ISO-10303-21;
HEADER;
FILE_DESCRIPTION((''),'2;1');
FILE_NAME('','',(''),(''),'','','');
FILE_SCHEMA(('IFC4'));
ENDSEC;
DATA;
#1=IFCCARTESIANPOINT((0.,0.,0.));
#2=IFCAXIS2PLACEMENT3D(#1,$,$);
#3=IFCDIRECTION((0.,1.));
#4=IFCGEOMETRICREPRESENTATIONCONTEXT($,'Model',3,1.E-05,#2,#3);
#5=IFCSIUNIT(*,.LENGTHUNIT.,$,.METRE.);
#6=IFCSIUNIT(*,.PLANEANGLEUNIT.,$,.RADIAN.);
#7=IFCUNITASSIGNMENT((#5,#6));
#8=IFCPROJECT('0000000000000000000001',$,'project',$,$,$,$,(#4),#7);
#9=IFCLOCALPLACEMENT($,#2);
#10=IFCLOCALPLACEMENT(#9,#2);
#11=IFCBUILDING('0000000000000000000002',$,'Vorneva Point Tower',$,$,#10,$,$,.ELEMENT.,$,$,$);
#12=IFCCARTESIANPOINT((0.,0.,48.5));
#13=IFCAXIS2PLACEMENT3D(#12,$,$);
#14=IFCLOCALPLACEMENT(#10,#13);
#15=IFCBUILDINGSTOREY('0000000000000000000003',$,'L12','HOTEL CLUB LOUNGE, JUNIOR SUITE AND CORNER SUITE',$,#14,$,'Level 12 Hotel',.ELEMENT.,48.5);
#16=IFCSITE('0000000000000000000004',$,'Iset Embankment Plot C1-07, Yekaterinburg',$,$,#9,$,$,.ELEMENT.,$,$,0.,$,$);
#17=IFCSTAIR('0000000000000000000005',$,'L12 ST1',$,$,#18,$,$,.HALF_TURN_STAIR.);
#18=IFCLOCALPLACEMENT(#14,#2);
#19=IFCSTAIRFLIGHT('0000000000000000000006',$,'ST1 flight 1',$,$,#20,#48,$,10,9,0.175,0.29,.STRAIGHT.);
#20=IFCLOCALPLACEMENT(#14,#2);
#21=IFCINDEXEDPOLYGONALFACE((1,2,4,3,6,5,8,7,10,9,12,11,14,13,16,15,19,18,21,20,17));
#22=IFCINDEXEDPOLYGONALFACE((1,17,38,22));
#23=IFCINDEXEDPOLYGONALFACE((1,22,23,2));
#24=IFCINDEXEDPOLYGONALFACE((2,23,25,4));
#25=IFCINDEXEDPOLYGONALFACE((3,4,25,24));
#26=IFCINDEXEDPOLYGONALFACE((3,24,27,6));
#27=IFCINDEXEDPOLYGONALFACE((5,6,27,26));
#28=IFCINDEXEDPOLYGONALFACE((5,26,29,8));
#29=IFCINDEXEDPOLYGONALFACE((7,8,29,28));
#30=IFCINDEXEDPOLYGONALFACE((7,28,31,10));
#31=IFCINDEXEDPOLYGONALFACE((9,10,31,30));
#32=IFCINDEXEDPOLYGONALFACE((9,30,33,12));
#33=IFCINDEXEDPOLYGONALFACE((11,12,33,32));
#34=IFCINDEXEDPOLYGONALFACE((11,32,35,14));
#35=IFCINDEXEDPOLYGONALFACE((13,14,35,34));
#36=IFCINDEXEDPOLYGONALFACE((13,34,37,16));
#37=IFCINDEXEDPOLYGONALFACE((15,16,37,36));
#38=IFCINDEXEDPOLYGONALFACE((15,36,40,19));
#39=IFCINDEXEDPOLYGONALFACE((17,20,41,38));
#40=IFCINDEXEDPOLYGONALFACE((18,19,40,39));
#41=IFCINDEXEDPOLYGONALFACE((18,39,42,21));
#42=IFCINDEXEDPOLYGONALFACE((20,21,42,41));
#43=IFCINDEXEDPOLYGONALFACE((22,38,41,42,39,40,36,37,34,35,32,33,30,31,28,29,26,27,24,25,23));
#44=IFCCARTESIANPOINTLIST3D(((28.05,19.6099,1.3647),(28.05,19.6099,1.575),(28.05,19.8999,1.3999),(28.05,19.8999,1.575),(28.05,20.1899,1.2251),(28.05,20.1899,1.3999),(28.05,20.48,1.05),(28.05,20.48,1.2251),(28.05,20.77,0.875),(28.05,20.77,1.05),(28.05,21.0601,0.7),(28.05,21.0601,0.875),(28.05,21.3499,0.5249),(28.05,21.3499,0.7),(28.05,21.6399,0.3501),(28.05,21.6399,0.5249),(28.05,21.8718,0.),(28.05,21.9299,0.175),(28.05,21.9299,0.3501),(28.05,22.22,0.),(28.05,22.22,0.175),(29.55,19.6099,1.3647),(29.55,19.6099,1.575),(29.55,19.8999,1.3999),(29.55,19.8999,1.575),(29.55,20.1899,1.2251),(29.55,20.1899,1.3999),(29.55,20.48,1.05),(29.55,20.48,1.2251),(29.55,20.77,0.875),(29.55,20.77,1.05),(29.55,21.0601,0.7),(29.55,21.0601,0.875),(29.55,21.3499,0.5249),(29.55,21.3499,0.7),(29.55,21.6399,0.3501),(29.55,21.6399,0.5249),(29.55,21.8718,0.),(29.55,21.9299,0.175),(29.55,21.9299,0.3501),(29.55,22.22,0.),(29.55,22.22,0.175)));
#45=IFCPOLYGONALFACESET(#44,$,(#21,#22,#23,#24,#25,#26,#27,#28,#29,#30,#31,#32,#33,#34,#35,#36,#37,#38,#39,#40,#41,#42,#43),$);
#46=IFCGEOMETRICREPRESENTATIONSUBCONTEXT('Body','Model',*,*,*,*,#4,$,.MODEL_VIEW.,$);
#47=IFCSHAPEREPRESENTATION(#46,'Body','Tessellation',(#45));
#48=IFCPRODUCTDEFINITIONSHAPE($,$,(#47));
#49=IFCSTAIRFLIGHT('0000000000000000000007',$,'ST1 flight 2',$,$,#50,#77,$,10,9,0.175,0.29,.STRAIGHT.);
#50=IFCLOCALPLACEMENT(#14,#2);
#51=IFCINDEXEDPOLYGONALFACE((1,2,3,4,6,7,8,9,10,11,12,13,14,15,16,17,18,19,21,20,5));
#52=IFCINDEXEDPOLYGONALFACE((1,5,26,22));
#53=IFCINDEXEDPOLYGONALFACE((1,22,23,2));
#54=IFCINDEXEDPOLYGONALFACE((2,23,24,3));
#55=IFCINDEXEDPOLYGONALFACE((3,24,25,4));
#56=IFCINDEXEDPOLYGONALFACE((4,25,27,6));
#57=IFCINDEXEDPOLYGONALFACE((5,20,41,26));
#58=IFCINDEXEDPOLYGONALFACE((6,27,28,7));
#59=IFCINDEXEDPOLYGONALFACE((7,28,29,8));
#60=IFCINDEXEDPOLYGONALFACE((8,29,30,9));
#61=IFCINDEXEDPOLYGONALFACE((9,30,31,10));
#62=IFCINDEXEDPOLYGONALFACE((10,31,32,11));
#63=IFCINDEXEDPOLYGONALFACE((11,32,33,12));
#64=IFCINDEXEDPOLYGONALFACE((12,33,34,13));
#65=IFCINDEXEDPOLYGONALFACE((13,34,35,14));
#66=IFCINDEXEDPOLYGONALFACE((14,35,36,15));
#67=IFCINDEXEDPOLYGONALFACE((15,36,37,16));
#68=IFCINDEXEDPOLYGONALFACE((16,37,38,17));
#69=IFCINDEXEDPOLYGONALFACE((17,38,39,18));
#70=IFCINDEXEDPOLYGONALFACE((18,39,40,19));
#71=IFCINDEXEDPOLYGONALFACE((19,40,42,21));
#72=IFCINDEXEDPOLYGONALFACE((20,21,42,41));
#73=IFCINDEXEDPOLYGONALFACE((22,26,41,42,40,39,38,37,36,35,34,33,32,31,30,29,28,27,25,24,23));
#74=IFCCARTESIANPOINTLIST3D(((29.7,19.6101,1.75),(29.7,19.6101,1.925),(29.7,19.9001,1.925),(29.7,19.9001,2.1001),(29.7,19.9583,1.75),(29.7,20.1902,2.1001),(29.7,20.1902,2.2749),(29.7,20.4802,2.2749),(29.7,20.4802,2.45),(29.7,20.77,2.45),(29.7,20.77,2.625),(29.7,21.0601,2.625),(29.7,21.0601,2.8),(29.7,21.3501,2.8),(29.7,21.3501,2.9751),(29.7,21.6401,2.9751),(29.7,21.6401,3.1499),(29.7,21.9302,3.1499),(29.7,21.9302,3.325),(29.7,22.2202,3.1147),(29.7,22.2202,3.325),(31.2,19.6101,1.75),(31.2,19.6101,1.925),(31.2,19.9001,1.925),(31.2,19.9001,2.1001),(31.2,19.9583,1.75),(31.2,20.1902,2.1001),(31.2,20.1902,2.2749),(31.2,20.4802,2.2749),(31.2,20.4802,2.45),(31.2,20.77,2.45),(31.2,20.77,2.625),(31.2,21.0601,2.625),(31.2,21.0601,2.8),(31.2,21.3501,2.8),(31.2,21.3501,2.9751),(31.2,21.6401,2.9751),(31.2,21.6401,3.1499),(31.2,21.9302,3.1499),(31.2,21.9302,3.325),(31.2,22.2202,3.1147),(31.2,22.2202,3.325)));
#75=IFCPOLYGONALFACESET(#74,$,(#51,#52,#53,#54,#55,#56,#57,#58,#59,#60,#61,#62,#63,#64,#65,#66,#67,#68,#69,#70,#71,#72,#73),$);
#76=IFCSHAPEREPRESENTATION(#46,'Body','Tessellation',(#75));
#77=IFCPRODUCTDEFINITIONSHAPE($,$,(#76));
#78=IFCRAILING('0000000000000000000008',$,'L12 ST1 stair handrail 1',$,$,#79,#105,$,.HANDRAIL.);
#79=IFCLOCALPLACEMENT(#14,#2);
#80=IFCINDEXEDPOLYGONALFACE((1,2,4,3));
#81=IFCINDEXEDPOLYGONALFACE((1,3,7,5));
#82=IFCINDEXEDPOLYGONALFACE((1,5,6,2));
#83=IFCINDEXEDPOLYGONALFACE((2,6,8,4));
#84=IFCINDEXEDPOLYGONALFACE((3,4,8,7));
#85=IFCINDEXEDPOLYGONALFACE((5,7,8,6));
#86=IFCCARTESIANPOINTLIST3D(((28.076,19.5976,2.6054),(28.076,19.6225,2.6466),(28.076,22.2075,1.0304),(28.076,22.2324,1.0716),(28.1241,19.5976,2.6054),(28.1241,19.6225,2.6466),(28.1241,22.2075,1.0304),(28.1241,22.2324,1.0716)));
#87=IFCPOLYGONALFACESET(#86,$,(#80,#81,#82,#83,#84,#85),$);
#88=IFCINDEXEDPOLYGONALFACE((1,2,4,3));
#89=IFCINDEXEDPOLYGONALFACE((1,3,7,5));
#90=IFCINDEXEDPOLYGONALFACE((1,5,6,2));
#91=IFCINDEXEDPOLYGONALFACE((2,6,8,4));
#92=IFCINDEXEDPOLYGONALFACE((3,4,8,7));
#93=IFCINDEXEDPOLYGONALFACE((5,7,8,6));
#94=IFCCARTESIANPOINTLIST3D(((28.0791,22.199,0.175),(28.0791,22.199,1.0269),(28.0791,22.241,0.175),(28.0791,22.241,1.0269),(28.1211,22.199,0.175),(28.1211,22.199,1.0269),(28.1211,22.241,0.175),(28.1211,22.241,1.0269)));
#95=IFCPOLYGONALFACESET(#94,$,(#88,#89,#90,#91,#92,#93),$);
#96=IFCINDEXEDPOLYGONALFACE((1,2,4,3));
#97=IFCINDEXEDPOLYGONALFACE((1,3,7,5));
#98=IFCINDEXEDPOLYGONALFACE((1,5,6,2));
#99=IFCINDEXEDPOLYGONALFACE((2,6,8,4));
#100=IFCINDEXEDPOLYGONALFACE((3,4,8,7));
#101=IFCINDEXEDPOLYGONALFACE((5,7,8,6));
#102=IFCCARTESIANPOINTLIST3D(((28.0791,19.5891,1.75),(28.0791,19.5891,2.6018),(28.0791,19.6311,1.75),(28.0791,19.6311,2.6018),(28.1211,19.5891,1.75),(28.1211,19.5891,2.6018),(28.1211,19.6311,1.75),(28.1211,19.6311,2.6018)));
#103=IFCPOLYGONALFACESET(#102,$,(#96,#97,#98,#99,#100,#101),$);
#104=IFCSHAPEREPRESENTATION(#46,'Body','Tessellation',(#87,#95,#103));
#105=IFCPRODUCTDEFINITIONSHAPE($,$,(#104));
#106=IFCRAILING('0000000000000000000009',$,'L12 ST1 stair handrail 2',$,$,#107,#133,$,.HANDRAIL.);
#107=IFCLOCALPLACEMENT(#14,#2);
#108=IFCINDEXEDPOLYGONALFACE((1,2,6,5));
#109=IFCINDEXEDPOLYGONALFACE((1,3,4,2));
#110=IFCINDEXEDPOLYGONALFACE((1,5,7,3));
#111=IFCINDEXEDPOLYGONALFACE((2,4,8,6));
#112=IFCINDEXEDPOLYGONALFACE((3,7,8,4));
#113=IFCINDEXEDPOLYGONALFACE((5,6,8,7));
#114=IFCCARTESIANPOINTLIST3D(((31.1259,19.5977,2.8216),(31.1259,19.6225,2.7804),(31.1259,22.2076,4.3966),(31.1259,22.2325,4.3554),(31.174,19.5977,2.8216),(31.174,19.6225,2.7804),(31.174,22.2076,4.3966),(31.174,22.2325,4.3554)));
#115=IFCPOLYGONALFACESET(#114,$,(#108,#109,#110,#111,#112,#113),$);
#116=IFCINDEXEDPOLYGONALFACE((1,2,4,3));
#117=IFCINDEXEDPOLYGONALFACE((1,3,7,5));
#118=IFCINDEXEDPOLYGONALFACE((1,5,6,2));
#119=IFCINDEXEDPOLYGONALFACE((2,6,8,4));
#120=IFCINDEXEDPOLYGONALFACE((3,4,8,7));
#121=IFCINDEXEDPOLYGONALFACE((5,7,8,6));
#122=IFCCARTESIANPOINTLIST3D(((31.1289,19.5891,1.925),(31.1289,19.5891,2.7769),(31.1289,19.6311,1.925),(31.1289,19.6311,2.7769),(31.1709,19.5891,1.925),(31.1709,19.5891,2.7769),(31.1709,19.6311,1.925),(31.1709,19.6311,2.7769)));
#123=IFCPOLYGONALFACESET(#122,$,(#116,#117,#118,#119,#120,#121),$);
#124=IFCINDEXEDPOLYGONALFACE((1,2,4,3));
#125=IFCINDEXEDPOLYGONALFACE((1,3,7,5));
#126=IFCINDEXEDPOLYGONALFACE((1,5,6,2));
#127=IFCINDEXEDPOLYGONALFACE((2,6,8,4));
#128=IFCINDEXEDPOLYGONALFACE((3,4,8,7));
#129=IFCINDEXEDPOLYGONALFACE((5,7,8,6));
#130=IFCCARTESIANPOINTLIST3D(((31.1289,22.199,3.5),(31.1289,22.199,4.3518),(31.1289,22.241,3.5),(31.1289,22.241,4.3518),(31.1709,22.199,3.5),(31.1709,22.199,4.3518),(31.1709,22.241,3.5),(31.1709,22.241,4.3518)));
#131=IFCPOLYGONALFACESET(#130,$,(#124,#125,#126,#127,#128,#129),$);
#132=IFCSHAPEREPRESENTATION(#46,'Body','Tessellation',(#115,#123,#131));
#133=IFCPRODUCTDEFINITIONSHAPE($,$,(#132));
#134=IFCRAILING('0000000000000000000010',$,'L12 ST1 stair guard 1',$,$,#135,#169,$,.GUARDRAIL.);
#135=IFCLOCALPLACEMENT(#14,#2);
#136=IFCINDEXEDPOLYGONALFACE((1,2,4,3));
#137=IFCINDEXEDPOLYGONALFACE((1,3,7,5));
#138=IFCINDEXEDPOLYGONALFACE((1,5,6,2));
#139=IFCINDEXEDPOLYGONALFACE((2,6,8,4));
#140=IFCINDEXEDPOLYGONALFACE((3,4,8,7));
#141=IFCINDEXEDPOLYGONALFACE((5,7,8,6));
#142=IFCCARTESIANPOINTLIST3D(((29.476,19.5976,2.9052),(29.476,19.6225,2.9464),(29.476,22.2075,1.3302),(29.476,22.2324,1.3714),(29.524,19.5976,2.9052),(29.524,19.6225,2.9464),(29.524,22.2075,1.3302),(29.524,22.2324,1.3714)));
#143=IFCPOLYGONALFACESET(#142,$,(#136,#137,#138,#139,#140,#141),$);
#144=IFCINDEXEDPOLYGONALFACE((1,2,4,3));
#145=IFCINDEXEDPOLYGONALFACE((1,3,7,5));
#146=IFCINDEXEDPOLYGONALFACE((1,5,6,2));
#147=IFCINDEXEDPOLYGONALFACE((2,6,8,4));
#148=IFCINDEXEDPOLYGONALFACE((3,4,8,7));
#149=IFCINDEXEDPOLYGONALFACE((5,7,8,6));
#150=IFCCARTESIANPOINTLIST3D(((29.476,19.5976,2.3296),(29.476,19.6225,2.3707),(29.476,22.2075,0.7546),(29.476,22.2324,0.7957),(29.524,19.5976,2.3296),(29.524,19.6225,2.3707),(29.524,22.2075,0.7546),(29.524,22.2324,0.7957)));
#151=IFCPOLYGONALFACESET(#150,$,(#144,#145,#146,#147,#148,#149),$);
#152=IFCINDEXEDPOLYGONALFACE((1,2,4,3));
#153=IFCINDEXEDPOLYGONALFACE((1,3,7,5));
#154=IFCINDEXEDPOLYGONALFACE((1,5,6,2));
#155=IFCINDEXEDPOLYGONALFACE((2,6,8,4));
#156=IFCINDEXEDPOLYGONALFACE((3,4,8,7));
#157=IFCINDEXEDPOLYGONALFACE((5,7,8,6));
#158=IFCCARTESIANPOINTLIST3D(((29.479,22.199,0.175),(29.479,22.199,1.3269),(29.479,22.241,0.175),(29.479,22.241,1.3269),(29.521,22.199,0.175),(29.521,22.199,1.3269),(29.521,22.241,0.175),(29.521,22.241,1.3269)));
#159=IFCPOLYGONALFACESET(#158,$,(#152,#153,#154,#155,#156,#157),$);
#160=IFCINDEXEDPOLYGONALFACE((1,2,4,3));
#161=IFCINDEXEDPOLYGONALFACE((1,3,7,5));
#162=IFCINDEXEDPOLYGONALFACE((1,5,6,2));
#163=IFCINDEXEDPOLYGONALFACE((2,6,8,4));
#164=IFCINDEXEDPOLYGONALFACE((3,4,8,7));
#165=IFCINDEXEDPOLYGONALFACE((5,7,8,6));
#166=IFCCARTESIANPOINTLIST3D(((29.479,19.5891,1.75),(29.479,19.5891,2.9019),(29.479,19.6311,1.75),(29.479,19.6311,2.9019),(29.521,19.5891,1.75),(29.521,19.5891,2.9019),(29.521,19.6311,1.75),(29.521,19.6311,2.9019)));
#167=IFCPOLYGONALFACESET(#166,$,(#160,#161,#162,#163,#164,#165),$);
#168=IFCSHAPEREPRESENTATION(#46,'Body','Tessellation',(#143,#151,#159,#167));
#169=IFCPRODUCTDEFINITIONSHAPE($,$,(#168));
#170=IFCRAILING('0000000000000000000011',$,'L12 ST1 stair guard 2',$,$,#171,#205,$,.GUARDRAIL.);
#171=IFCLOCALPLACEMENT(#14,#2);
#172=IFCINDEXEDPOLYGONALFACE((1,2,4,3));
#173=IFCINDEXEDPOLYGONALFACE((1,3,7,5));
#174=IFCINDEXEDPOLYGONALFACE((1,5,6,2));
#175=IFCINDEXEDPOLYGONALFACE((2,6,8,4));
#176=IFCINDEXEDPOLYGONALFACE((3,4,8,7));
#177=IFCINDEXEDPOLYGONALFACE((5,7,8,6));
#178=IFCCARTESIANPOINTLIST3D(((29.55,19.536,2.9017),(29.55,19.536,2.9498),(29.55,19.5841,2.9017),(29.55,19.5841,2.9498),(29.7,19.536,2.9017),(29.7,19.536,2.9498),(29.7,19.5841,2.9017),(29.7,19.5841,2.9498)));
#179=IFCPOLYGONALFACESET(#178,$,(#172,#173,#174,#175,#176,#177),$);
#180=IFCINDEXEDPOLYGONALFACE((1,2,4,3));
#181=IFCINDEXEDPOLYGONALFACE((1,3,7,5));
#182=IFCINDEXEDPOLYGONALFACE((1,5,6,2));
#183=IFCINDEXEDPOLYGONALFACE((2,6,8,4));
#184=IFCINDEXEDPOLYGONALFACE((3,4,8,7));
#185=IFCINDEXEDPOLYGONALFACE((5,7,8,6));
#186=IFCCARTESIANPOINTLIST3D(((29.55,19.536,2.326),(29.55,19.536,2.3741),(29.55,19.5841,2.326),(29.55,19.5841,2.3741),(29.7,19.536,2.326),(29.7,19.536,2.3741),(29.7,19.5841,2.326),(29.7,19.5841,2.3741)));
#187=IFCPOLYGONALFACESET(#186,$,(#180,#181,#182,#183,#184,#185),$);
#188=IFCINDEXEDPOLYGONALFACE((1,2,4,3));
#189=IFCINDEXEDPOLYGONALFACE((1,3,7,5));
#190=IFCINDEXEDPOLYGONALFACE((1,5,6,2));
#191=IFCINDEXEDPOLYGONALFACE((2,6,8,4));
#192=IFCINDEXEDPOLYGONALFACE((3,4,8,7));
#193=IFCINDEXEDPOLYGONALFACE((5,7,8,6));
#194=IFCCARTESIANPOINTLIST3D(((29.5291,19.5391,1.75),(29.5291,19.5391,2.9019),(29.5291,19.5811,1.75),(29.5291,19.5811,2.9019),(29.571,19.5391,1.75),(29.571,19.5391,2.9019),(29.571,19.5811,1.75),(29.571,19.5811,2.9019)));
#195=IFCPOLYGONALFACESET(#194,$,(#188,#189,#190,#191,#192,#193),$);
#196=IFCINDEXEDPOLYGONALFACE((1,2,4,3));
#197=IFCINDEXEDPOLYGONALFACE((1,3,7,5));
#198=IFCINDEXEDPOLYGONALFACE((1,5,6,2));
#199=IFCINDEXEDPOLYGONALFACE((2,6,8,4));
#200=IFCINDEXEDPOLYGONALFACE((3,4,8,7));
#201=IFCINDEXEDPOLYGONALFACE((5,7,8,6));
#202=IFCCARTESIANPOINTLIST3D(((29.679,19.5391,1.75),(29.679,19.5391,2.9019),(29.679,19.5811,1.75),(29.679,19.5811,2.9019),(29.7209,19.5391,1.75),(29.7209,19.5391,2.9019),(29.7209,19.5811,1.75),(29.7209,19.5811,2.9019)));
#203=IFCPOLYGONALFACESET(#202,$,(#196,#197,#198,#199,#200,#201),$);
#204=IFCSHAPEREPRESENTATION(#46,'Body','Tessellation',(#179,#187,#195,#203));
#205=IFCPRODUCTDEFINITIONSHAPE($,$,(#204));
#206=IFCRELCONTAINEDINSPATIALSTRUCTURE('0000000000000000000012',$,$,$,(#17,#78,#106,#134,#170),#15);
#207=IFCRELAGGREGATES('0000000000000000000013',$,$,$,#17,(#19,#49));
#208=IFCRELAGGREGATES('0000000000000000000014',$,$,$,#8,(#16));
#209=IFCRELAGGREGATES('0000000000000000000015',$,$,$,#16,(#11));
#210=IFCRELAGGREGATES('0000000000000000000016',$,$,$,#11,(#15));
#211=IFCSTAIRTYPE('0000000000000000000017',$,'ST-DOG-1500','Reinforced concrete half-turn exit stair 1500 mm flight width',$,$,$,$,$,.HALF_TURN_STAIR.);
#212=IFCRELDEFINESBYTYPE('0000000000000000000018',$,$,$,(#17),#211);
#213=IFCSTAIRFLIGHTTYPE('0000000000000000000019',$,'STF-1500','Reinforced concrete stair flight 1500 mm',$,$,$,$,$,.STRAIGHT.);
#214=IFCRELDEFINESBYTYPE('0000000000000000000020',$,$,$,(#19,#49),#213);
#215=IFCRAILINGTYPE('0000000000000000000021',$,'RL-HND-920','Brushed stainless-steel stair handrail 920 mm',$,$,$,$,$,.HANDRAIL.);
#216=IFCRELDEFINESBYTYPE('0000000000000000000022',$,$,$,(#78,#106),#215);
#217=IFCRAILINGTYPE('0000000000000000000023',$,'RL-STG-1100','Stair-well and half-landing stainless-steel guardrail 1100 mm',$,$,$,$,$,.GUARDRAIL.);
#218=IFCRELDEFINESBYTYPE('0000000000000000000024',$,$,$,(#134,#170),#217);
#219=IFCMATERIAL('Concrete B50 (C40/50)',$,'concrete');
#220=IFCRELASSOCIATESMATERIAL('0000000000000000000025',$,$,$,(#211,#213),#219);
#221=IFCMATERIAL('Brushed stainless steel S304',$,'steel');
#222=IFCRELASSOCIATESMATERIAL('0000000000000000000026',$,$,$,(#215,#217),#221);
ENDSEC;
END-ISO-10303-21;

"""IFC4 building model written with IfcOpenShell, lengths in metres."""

from ifc_helpers import new_model, si_unit, direction, frame, origin, origin_2d, place, context, subcontext, project, spatial, polyline, rectangle, outline, extrude, material, type_object, element, aggregate, save


model = new_model("IFC4")

# Units and contexts
model_context = context("Model", 3, precision=1e-05, world=origin(), true_north=direction((0.0, 1.0)))
body_context = subcontext(model_context, "Body", "Model", "MODEL_VIEW")
ifc_project = project(units=[si_unit("LENGTHUNIT", "METRE"), si_unit("PLANEANGLEUNIT", "RADIAN")], contexts=[model_context])

# Site, building, storey
site_placement = place(None, origin())
site = spatial("IfcSite", under=ifc_project, at=site_placement, Name="Iset Embankment Plot C1-07, Yekaterinburg", CompositionType="ELEMENT", RefElevation=0.0)
building_placement = place(site_placement, origin())
building = spatial("IfcBuilding", under=site, at=building_placement, Name="Vorneva Point Tower", CompositionType="ELEMENT")
storey_placement = place(building_placement, frame((0.0, 0.0, 48.5)))
storey = spatial("IfcBuildingStorey", under=building, at=storey_placement, Name="L12", Description="HOTEL CLUB LOUNGE, JUNIOR SUITE AND CORNER SUITE", LongName="Level 12 Hotel", CompositionType="ELEMENT", Elevation=48.5)

# Shared definitions
ifc_material_1 = material(Name="Concrete B50 (C40/50)", Category="concrete")

# Stair, stair flights
stair_type = type_object("IfcStairType", Name="ST-DOG-1500", Description="Reinforced concrete half-turn exit stair 1500 mm flight width", PredefinedType="HALF_TURN_STAIR", material=ifc_material_1)
stair_placement = place(storey_placement, origin())
stair = element("IfcStair", 1, at=stair_placement, inside=storey, type_object=stair_type, Name="L12 ST1", PredefinedType="HALF_TURN_STAIR")
stair_flight_type = type_object("IfcStairFlightType", Name="STF-1500", Description="Reinforced concrete stair flight 1500 mm", PredefinedType="STRAIGHT", material=ifc_material_1)
stair_flight_1_placement = place(storey_placement, frame((28.8, 22.22, 0.0), z_axis=(0.0, 0.0, 1.0), x_axis=(0.0, -1.0, 0.0)))
stair_flight_1 = element("IfcStairFlight", 2, at=stair_flight_1_placement, type_object=stair_flight_type, Name="ST1 flight 1", NumberOfRisers=10, NumberOfTreads=9, PredefinedType="STRAIGHT", RiserHeight=0.175, TreadLength=0.29, context=body_context, shape_type="SweptSolid", body=[
    extrude(outline(polyline([(0.0, 0.0), (0.0, 0.175), (0.29, 0.175), (0.29, 0.3501), (0.5801, 0.3501), (0.5801, 0.5249), (0.8701, 0.5249), (0.8701, 0.7), (1.1599, 0.7), (1.1599, 0.875), (1.45, 0.875), (1.45, 1.05), (1.74, 1.05), (1.74, 1.2251), (2.03, 1.2251), (2.03, 1.3999), (2.3201, 1.3999), (2.3201, 1.575), (2.6101, 1.575), (2.6101, 1.75), (2.6101, 1.3647), (0.3481, 0.0), (0.0, 0.0)])), frame((0.0, 0.75, 0.0), z_axis=(0.0, -1.0, 0.0), x_axis=(1.0, 0.0, 0.0)), (0.0, 0.0, 1.0), 1.5),
])
stair_flight_2_placement = place(storey_placement, frame((30.45, 19.6101, 1.75), z_axis=(0.0, 0.0, 1.0), x_axis=(0.0, 1.0, 0.0)))
stair_flight_2 = element("IfcStairFlight", 3, at=stair_flight_2_placement, type_object=stair_flight_type, Name="ST1 flight 2", NumberOfRisers=10, NumberOfTreads=9, PredefinedType="STRAIGHT", RiserHeight=0.175, TreadLength=0.29, context=body_context, shape_type="SweptSolid", body=[
    extrude(outline(polyline([(0.0, 0.0), (0.0, 0.175), (0.29, 0.175), (0.29, 0.3501), (0.5801, 0.3501), (0.5801, 0.5249), (0.8701, 0.5249), (0.8701, 0.7), (1.1599, 0.7), (1.1599, 0.875), (1.45, 0.875), (1.45, 1.05), (1.74, 1.05), (1.74, 1.2251), (2.03, 1.2251), (2.03, 1.3999), (2.3201, 1.3999), (2.3201, 1.575), (2.6101, 1.575), (2.6101, 1.75), (2.6101, 1.3647), (0.3481, 0.0), (0.0, 0.0)])), frame((0.0, 0.75, 0.0), z_axis=(0.0, -1.0, 0.0), x_axis=(1.0, 0.0, 0.0)), (0.0, 0.0, 1.0), 1.5),
])
aggregate(stair, [stair_flight_1, stair_flight_2])

# Railings
ifc_material_2 = material(Name="Brushed stainless steel S304", Category="steel")
railing_type_1 = type_object("IfcRailingType", Name="RL-HND-920", Description="Brushed stainless-steel stair handrail 920 mm", PredefinedType="HANDRAIL", material=ifc_material_2)
railing_1_placement = place(storey_placement, frame((28.1001, 22.22, 0.175)))
element("IfcRailing", 4, at=railing_1_placement, inside=storey, type_object=railing_type_1, Name="L12 ST1 stair handrail 1", PredefinedType="HANDRAIL", context=body_context, shape_type="SweptSolid", body=[
    extrude(rectangle(XDim=0.0481, YDim=0.0481, at=origin_2d()), frame((0.0, 0.0, 0.876), z_axis=(0.0, -0.856183, 0.516673), x_axis=(1.0, 0.0, 0.0)), (0.0, 0.0, 1.0), 3.0483),
    extrude(rectangle(XDim=0.042, YDim=0.042, at=origin_2d()), origin(), (0.0, 0.0, 1.0), 0.8518),
    extrude(rectangle(XDim=0.042, YDim=0.042, at=origin_2d()), frame((0.0, -2.6099, 1.575)), (0.0, 0.0, 1.0), 0.8518),
])
railing_2_placement = place(storey_placement, frame((31.1499, 19.6101, 1.925)))
element("IfcRailing", 5, at=railing_2_placement, inside=storey, type_object=railing_type_1, Name="L12 ST1 stair handrail 2", PredefinedType="HANDRAIL", context=body_context, shape_type="SweptSolid", body=[
    extrude(rectangle(XDim=0.0481, YDim=0.0481, at=origin_2d()), frame((0.0, 0.0, 0.876), z_axis=(0.0, 0.856183, 0.516673), x_axis=(-1.0, 0.0, 0.0)), (0.0, 0.0, 1.0), 3.0483),
    extrude(rectangle(XDim=0.042, YDim=0.042, at=origin_2d()), origin(), (0.0, 0.0, 1.0), 0.8518),
    extrude(rectangle(XDim=0.042, YDim=0.042, at=origin_2d()), frame((0.0, 2.6099, 1.575)), (0.0, 0.0, 1.0), 0.8518),
])
railing_type_2 = type_object("IfcRailingType", Name="RL-STG-1100", Description="Stair-well and half-landing stainless-steel guardrail 1100 mm", PredefinedType="GUARDRAIL", material=ifc_material_2)
railing_3_placement = place(storey_placement, frame((29.5, 22.22, 0.175)))
element("IfcRailing", 6, at=railing_3_placement, inside=storey, type_object=railing_type_2, Name="L12 ST1 stair guard 1", PredefinedType="GUARDRAIL", context=body_context, shape_type="SweptSolid", body=[
    extrude(rectangle(XDim=0.0481, YDim=0.0481, at=origin_2d()), frame((0.0, 0.0, 1.1758), z_axis=(0.0, -0.856183, 0.516673), x_axis=(1.0, 0.0, 0.0)), (0.0, 0.0, 1.0), 3.0483),
    extrude(rectangle(XDim=0.0481, YDim=0.0481, at=origin_2d()), frame((0.0, 0.0, 0.6001), z_axis=(0.0, -0.856183, 0.516673), x_axis=(1.0, 0.0, 0.0)), (0.0, 0.0, 1.0), 3.0483),
    extrude(rectangle(XDim=0.042, YDim=0.042, at=origin_2d()), origin(), (0.0, 0.0, 1.0), 1.1519),
    extrude(rectangle(XDim=0.042, YDim=0.042, at=origin_2d()), frame((0.0, -2.6099, 1.575)), (0.0, 0.0, 1.0), 1.1519),
])
railing_4_placement = place(storey_placement, frame((29.55, 19.5601, 1.75)))
element("IfcRailing", 7, at=railing_4_placement, inside=storey, type_object=railing_type_2, Name="L12 ST1 stair guard 2", PredefinedType="GUARDRAIL", context=body_context, shape_type="SweptSolid", body=[
    extrude(rectangle(XDim=0.0481, YDim=0.0481, at=origin_2d()), frame((0.0, 0.0, 1.1758), z_axis=(1.0, 0.0, 0.0), x_axis=(0.0, 1.0, 0.0)), (0.0, 0.0, 1.0), 0.1499),
    extrude(rectangle(XDim=0.0481, YDim=0.0481, at=origin_2d()), frame((0.0, 0.0, 0.6001), z_axis=(1.0, 0.0, 0.0), x_axis=(0.0, 1.0, 0.0)), (0.0, 0.0, 1.0), 0.1499),
    extrude(rectangle(XDim=0.042, YDim=0.042, at=origin_2d()), origin(), (0.0, 0.0, 1.0), 1.1519),
    extrude(rectangle(XDim=0.042, YDim=0.042, at=origin_2d()), frame((0.1499, 0.0, 0.0)), (0.0, 0.0, 1.0), 1.1519),
])

save(model, "model.ifc")
